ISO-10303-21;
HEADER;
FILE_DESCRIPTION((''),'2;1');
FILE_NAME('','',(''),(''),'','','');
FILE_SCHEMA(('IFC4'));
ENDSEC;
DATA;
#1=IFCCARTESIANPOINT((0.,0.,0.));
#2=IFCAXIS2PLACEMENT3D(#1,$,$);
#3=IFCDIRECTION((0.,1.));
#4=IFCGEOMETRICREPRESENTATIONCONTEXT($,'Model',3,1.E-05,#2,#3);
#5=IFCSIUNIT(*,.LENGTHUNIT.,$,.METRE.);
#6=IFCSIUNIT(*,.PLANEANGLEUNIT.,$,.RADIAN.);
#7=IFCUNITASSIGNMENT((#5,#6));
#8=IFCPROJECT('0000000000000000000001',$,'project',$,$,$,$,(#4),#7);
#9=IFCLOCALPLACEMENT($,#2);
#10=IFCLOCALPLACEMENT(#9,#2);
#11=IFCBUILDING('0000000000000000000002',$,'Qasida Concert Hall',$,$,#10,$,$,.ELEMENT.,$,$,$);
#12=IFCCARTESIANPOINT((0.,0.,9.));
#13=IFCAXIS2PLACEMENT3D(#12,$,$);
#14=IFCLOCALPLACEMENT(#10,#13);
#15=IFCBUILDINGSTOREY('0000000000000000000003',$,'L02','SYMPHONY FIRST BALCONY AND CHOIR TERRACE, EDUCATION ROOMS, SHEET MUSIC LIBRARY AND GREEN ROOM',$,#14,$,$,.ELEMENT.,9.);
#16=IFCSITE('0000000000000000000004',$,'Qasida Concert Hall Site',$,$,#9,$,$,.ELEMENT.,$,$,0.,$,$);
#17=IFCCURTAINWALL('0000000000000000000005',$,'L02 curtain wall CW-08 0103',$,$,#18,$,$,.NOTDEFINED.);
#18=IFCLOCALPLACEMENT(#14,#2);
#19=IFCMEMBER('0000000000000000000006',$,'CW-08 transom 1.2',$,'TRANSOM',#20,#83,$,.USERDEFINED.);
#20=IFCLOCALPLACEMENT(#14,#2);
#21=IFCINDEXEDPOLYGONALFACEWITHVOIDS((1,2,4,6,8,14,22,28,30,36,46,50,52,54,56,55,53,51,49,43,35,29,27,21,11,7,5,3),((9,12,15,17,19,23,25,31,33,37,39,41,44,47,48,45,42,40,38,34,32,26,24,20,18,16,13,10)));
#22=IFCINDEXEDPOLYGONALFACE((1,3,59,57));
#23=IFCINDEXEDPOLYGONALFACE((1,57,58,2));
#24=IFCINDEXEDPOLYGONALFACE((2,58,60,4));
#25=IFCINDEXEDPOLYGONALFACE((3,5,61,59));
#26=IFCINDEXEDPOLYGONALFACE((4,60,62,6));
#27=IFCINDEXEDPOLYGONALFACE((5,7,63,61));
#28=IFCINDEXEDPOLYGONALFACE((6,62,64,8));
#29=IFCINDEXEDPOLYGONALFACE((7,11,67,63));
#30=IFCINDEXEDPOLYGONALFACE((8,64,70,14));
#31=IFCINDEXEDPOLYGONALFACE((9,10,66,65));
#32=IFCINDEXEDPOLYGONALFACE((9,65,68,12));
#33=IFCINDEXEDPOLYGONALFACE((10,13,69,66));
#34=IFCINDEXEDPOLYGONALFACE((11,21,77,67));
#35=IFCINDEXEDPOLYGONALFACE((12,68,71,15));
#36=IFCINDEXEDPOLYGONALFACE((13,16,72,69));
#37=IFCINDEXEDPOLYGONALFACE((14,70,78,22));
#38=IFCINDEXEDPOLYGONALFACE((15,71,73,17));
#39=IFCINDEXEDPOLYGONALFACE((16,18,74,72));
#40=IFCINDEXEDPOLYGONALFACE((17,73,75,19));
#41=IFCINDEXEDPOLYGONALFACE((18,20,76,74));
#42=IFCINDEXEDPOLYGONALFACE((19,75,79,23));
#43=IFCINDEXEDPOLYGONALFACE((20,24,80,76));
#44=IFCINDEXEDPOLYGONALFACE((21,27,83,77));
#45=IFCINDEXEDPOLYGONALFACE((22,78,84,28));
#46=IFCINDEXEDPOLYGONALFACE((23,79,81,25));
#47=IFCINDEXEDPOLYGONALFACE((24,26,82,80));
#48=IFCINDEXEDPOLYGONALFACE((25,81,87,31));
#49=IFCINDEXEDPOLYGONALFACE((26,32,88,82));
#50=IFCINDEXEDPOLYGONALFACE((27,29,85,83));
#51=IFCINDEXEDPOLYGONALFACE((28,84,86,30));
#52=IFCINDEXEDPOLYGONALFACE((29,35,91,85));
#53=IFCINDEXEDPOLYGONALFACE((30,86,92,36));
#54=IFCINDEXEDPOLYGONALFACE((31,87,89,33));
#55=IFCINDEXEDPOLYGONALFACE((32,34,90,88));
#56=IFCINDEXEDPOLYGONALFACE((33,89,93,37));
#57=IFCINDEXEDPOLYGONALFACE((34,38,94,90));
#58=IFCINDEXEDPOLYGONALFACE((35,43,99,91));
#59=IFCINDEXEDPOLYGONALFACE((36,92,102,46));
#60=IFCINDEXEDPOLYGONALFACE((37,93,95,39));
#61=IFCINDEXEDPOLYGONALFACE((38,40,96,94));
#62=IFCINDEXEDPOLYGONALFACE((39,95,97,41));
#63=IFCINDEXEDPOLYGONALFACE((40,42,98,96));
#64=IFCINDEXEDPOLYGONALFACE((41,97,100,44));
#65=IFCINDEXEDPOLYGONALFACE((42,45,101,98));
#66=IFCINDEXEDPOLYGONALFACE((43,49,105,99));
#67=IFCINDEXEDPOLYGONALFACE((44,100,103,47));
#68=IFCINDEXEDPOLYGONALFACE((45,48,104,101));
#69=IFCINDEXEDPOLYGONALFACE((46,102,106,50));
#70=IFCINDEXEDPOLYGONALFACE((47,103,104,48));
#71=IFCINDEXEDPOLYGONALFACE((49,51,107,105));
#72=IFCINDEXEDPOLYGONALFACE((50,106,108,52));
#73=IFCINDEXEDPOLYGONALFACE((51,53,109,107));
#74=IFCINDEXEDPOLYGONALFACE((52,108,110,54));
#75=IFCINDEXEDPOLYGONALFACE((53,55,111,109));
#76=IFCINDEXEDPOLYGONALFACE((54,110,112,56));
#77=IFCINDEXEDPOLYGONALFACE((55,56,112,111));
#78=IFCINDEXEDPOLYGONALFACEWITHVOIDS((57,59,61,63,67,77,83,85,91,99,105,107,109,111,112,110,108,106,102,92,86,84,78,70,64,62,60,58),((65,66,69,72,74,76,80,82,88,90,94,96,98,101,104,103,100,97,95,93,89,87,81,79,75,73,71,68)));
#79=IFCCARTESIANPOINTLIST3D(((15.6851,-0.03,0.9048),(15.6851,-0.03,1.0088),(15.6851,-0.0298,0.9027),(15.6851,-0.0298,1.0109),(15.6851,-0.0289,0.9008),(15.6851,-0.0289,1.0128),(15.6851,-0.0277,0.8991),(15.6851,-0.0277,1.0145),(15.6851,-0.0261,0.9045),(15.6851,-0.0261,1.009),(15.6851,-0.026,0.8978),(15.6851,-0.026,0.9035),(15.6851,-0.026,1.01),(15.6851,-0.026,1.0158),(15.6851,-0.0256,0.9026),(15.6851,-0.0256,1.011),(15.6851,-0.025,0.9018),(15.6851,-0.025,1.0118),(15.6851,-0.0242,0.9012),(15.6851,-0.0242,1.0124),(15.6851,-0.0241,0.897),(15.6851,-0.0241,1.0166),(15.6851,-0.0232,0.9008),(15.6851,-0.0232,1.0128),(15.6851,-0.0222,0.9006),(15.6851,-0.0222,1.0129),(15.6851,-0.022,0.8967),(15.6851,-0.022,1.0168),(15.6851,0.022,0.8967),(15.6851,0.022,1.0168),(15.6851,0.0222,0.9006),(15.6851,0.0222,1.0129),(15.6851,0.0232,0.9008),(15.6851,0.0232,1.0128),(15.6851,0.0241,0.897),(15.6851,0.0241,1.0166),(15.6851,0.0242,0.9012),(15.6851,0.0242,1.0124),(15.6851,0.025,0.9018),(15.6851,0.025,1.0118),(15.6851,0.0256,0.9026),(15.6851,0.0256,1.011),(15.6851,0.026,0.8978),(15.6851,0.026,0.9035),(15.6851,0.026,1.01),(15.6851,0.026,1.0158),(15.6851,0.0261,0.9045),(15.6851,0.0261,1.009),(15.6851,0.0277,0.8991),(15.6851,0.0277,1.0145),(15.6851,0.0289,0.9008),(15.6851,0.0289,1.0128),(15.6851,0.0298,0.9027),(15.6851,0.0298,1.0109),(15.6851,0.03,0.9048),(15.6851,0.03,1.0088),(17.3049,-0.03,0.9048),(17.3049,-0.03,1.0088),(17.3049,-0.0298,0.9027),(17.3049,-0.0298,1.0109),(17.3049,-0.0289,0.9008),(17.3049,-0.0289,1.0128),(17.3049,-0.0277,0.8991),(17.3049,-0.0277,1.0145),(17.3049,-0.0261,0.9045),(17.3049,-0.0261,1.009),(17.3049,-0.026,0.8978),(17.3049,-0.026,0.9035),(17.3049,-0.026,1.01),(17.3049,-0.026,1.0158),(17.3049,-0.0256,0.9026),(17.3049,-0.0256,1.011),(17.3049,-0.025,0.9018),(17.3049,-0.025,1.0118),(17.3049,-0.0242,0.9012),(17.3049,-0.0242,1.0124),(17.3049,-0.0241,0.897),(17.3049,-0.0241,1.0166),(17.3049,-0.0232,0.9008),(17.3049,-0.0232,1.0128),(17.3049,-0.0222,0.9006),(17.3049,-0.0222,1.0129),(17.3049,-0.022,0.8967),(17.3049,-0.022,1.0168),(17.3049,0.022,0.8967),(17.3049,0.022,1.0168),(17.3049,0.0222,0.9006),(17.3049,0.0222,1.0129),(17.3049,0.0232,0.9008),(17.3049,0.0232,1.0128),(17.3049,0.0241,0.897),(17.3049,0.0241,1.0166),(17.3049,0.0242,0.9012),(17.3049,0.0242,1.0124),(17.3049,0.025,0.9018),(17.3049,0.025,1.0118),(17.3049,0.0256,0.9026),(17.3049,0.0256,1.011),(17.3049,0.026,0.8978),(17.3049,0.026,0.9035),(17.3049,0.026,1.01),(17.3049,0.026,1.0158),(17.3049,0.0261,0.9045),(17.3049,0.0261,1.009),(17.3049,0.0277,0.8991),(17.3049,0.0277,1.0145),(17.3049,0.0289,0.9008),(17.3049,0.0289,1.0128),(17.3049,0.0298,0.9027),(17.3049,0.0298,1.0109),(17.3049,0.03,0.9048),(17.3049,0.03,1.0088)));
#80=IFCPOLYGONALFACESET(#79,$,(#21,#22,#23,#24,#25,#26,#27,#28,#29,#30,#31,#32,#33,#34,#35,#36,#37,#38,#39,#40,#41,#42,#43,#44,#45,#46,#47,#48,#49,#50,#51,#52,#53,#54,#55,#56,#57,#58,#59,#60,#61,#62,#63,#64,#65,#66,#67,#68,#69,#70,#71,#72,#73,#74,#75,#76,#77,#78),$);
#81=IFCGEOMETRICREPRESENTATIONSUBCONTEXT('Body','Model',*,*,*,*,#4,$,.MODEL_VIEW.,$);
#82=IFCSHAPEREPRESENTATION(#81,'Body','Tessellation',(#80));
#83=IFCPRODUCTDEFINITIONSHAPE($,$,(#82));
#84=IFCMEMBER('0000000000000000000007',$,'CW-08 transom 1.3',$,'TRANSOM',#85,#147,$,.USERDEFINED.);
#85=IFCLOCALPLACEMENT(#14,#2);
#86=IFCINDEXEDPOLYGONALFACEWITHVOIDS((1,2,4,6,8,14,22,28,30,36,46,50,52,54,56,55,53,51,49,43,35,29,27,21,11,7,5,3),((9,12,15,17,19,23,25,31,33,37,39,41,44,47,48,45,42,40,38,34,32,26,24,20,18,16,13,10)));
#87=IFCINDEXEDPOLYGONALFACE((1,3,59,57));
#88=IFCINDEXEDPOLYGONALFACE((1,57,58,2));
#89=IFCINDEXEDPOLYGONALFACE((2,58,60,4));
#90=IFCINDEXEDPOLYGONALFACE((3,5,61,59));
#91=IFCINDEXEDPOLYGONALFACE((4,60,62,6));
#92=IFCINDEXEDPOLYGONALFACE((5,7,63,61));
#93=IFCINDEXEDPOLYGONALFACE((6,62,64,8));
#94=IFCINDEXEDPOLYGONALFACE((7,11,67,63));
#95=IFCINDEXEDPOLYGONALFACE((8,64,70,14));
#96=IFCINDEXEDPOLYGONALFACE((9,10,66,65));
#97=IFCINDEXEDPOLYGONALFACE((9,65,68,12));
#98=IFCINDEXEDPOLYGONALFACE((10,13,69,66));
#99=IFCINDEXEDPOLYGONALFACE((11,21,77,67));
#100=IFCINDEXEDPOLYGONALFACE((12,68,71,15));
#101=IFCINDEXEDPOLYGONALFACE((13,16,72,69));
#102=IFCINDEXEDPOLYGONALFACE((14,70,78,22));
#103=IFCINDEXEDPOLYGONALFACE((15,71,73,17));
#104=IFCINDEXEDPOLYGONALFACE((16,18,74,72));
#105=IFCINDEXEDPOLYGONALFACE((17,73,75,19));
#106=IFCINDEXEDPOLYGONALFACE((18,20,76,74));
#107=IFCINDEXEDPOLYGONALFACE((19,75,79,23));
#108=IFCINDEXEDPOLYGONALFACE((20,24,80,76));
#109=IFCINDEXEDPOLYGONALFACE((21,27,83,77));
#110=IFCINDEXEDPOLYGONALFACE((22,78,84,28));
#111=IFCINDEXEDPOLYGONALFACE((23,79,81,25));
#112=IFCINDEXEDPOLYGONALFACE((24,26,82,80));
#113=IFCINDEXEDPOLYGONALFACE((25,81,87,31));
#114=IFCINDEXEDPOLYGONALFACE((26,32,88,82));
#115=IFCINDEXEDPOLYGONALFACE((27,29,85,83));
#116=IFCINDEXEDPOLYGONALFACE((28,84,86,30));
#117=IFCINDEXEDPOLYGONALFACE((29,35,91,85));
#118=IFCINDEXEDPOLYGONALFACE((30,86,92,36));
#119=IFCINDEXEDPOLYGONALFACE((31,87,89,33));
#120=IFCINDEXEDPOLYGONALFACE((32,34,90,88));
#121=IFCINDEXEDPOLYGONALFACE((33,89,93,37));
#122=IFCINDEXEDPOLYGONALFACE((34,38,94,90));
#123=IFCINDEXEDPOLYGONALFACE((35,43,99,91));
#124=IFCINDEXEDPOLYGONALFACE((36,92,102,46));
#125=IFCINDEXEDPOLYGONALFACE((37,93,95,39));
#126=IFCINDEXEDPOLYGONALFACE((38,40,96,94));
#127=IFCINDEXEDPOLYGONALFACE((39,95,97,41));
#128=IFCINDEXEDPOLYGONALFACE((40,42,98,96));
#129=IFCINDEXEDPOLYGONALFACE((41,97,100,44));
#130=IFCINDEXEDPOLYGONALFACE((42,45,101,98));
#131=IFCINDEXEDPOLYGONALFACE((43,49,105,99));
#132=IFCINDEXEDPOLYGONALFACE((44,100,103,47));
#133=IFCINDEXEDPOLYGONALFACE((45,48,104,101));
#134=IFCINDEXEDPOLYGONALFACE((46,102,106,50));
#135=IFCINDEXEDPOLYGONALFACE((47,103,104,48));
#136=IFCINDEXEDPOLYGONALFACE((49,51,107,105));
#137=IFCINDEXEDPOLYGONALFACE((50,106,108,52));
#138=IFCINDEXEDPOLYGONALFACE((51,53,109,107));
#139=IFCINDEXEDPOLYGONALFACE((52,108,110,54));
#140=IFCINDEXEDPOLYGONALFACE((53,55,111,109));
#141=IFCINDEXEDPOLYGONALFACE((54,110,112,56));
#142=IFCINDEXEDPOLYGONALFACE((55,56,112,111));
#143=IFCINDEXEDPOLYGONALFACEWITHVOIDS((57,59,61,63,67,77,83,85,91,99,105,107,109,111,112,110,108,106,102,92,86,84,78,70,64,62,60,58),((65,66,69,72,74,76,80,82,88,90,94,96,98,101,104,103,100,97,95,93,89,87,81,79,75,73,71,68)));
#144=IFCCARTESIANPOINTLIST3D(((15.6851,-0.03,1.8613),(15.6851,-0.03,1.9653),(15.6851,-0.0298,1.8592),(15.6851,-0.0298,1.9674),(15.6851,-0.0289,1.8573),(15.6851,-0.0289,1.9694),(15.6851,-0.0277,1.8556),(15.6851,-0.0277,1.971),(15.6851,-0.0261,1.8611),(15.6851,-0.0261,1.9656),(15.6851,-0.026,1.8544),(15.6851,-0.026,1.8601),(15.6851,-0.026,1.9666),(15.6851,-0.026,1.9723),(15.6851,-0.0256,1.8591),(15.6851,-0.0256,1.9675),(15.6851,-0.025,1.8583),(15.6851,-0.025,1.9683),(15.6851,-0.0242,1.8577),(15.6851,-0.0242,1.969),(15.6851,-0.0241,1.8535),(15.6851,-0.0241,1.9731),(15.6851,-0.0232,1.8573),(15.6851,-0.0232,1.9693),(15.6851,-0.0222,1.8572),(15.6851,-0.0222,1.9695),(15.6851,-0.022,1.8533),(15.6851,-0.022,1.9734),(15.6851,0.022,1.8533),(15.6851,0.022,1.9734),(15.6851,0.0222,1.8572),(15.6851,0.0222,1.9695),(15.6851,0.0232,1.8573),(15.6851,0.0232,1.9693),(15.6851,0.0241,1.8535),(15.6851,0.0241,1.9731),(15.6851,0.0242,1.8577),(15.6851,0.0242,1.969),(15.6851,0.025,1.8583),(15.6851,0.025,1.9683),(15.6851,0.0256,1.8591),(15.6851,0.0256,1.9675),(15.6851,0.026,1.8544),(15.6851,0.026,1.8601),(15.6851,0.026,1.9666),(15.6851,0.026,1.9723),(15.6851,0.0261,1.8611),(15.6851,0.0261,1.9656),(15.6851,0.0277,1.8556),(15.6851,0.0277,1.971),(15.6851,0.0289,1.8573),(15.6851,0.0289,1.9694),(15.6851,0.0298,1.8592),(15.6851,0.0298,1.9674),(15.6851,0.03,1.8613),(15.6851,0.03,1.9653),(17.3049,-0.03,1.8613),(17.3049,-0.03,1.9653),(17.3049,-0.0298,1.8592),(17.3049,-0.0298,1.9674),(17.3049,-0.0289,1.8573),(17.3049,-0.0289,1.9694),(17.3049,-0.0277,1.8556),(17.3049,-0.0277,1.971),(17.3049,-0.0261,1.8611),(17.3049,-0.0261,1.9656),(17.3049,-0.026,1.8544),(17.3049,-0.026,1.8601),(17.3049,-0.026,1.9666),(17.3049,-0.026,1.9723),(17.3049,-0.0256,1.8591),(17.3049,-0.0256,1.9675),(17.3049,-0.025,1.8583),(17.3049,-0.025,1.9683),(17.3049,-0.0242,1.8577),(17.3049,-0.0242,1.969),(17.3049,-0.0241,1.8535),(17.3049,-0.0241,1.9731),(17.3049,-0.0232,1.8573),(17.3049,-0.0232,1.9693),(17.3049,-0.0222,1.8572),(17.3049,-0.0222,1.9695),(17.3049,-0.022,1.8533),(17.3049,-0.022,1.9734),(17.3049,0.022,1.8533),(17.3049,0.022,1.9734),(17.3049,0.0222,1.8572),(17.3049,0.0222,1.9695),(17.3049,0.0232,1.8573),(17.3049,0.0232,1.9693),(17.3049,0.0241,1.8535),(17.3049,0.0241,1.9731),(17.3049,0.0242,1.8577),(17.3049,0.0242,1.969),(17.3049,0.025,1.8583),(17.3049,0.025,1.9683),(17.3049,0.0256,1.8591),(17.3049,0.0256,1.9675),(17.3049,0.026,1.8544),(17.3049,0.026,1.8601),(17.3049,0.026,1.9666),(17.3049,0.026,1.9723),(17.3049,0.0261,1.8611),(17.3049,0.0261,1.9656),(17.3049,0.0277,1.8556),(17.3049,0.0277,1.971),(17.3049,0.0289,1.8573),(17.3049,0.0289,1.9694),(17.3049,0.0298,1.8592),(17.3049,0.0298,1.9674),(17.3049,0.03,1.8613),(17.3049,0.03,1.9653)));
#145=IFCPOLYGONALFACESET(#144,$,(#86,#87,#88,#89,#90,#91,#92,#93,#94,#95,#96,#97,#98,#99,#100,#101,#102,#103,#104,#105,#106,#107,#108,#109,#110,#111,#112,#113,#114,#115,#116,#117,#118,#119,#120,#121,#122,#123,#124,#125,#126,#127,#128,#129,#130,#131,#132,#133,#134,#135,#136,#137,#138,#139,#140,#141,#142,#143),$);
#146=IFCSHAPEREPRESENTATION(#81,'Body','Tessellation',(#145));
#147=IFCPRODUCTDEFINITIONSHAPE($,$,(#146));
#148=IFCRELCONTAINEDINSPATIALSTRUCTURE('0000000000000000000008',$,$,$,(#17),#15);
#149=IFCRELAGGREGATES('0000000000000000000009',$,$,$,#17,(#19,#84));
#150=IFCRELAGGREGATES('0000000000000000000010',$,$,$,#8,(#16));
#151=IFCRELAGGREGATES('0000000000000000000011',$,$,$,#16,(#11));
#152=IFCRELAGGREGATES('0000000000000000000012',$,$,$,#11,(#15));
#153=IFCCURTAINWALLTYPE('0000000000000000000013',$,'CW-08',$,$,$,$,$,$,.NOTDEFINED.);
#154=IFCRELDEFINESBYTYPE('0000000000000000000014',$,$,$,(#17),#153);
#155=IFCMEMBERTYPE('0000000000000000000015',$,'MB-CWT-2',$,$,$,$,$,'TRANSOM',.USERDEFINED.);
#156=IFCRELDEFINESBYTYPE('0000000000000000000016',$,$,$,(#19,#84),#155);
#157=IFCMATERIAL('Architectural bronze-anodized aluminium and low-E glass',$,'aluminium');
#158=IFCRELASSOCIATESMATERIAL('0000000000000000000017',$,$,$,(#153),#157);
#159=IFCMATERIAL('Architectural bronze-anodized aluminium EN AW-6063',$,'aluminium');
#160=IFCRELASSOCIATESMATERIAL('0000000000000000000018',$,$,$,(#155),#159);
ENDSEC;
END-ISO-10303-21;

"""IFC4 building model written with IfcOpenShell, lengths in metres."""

from ifc_helpers import new_model, si_unit, direction, frame, origin, origin_2d, place, context, subcontext, project, spatial, hollow_rectangle, extrude, material, material_profile, profile_set, type_object, element, aggregate, save


model = new_model("IFC4")

# Units and contexts
model_context = context("Model", 3, precision=1e-05, world=origin(), true_north=direction((0.0, 1.0)))
body_context = subcontext(model_context, "Body", "Model", "MODEL_VIEW")
ifc_project = project(units=[si_unit("LENGTHUNIT", "METRE"), si_unit("PLANEANGLEUNIT", "RADIAN")], contexts=[model_context])

# Site, building, storey
site_placement = place(None, origin())
site = spatial("IfcSite", under=ifc_project, at=site_placement, Name="Qasida Concert Hall Site", CompositionType="ELEMENT", RefElevation=0.0)
building_placement = place(site_placement, origin())
building = spatial("IfcBuilding", under=site, at=building_placement, Name="Qasida Concert Hall", CompositionType="ELEMENT")
storey_placement = place(building_placement, frame((0.0, 0.0, 9.0)))
storey = spatial("IfcBuildingStorey", under=building, at=storey_placement, Name="L02", Description="SYMPHONY FIRST BALCONY AND CHOIR TERRACE, EDUCATION ROOMS, SHEET MUSIC LIBRARY AND GREEN ROOM", CompositionType="ELEMENT", Elevation=9.0)

# Curtain wall, members
ifc_material_1 = material(Name="Architectural bronze-anodized aluminium and low-E glass", Category="aluminium")
curtain_wall_type = type_object("IfcCurtainWallType", Name="CW-08", PredefinedType="NOTDEFINED", material=ifc_material_1)
curtain_wall_placement = place(storey_placement, origin())
curtain_wall = element("IfcCurtainWall", 1, at=curtain_wall_placement, inside=storey, type_object=curtain_wall_type, Name="L02 curtain wall CW-08 0103", PredefinedType="NOTDEFINED")
ifc_material_2 = material(Name="Architectural bronze-anodized aluminium EN AW-6063", Category="aluminium")
ifc_material_profile_1 = material_profile(ifc_material_2, hollow_rectangle(XDim=0.0601, YDim=0.1201, WallThickness=0.0039, InnerFilletRadius=0.0039, OuterFilletRadius=0.0081, at=origin_2d()), Name="CWT 120x60x4")
ifc_profile_set_1 = profile_set([ifc_material_profile_1], Name="Architectural bronze-anodized aluminium EN AW-6063")
member_type_1 = type_object("IfcMemberType", Name="MB-CWT-2", ElementType="TRANSOM", PredefinedType="USERDEFINED", material=ifc_profile_set_1)
member_1_placement = place(storey_placement, frame((15.6851, 0.0, 0.9568), z_axis=(1.0, 0.0, 0.0), x_axis=(0.0, 1.0, 0.0)))
member_1 = element("IfcMember", 2, at=member_1_placement, type_object=member_type_1, Name="CW-08 transom 1.2", ObjectType="TRANSOM", PredefinedType="USERDEFINED", context=body_context, shape_type="SweptSolid", body=[
    extrude(hollow_rectangle(XDim=0.0601, YDim=0.1201, WallThickness=0.0039, InnerFilletRadius=0.0039, OuterFilletRadius=0.0081, at=origin_2d()), origin(), (0.0, 0.0, 1.0), 1.6199),
])
member_2_placement = place(storey_placement, frame((15.6851, 0.0, 1.9133), z_axis=(1.0, 0.0, 0.0), x_axis=(0.0, 1.0, 0.0)))
member_2 = element("IfcMember", 3, at=member_2_placement, type_object=member_type_1, Name="CW-08 transom 1.3", ObjectType="TRANSOM", PredefinedType="USERDEFINED", context=body_context, shape_type="SweptSolid", body=[
    extrude(hollow_rectangle(XDim=0.0601, YDim=0.1201, WallThickness=0.0039, InnerFilletRadius=0.0039, OuterFilletRadius=0.0081, at=origin_2d()), origin(), (0.0, 0.0, 1.0), 1.6199),
])
aggregate(curtain_wall, [member_1, member_2])

save(model, "model.ifc")
